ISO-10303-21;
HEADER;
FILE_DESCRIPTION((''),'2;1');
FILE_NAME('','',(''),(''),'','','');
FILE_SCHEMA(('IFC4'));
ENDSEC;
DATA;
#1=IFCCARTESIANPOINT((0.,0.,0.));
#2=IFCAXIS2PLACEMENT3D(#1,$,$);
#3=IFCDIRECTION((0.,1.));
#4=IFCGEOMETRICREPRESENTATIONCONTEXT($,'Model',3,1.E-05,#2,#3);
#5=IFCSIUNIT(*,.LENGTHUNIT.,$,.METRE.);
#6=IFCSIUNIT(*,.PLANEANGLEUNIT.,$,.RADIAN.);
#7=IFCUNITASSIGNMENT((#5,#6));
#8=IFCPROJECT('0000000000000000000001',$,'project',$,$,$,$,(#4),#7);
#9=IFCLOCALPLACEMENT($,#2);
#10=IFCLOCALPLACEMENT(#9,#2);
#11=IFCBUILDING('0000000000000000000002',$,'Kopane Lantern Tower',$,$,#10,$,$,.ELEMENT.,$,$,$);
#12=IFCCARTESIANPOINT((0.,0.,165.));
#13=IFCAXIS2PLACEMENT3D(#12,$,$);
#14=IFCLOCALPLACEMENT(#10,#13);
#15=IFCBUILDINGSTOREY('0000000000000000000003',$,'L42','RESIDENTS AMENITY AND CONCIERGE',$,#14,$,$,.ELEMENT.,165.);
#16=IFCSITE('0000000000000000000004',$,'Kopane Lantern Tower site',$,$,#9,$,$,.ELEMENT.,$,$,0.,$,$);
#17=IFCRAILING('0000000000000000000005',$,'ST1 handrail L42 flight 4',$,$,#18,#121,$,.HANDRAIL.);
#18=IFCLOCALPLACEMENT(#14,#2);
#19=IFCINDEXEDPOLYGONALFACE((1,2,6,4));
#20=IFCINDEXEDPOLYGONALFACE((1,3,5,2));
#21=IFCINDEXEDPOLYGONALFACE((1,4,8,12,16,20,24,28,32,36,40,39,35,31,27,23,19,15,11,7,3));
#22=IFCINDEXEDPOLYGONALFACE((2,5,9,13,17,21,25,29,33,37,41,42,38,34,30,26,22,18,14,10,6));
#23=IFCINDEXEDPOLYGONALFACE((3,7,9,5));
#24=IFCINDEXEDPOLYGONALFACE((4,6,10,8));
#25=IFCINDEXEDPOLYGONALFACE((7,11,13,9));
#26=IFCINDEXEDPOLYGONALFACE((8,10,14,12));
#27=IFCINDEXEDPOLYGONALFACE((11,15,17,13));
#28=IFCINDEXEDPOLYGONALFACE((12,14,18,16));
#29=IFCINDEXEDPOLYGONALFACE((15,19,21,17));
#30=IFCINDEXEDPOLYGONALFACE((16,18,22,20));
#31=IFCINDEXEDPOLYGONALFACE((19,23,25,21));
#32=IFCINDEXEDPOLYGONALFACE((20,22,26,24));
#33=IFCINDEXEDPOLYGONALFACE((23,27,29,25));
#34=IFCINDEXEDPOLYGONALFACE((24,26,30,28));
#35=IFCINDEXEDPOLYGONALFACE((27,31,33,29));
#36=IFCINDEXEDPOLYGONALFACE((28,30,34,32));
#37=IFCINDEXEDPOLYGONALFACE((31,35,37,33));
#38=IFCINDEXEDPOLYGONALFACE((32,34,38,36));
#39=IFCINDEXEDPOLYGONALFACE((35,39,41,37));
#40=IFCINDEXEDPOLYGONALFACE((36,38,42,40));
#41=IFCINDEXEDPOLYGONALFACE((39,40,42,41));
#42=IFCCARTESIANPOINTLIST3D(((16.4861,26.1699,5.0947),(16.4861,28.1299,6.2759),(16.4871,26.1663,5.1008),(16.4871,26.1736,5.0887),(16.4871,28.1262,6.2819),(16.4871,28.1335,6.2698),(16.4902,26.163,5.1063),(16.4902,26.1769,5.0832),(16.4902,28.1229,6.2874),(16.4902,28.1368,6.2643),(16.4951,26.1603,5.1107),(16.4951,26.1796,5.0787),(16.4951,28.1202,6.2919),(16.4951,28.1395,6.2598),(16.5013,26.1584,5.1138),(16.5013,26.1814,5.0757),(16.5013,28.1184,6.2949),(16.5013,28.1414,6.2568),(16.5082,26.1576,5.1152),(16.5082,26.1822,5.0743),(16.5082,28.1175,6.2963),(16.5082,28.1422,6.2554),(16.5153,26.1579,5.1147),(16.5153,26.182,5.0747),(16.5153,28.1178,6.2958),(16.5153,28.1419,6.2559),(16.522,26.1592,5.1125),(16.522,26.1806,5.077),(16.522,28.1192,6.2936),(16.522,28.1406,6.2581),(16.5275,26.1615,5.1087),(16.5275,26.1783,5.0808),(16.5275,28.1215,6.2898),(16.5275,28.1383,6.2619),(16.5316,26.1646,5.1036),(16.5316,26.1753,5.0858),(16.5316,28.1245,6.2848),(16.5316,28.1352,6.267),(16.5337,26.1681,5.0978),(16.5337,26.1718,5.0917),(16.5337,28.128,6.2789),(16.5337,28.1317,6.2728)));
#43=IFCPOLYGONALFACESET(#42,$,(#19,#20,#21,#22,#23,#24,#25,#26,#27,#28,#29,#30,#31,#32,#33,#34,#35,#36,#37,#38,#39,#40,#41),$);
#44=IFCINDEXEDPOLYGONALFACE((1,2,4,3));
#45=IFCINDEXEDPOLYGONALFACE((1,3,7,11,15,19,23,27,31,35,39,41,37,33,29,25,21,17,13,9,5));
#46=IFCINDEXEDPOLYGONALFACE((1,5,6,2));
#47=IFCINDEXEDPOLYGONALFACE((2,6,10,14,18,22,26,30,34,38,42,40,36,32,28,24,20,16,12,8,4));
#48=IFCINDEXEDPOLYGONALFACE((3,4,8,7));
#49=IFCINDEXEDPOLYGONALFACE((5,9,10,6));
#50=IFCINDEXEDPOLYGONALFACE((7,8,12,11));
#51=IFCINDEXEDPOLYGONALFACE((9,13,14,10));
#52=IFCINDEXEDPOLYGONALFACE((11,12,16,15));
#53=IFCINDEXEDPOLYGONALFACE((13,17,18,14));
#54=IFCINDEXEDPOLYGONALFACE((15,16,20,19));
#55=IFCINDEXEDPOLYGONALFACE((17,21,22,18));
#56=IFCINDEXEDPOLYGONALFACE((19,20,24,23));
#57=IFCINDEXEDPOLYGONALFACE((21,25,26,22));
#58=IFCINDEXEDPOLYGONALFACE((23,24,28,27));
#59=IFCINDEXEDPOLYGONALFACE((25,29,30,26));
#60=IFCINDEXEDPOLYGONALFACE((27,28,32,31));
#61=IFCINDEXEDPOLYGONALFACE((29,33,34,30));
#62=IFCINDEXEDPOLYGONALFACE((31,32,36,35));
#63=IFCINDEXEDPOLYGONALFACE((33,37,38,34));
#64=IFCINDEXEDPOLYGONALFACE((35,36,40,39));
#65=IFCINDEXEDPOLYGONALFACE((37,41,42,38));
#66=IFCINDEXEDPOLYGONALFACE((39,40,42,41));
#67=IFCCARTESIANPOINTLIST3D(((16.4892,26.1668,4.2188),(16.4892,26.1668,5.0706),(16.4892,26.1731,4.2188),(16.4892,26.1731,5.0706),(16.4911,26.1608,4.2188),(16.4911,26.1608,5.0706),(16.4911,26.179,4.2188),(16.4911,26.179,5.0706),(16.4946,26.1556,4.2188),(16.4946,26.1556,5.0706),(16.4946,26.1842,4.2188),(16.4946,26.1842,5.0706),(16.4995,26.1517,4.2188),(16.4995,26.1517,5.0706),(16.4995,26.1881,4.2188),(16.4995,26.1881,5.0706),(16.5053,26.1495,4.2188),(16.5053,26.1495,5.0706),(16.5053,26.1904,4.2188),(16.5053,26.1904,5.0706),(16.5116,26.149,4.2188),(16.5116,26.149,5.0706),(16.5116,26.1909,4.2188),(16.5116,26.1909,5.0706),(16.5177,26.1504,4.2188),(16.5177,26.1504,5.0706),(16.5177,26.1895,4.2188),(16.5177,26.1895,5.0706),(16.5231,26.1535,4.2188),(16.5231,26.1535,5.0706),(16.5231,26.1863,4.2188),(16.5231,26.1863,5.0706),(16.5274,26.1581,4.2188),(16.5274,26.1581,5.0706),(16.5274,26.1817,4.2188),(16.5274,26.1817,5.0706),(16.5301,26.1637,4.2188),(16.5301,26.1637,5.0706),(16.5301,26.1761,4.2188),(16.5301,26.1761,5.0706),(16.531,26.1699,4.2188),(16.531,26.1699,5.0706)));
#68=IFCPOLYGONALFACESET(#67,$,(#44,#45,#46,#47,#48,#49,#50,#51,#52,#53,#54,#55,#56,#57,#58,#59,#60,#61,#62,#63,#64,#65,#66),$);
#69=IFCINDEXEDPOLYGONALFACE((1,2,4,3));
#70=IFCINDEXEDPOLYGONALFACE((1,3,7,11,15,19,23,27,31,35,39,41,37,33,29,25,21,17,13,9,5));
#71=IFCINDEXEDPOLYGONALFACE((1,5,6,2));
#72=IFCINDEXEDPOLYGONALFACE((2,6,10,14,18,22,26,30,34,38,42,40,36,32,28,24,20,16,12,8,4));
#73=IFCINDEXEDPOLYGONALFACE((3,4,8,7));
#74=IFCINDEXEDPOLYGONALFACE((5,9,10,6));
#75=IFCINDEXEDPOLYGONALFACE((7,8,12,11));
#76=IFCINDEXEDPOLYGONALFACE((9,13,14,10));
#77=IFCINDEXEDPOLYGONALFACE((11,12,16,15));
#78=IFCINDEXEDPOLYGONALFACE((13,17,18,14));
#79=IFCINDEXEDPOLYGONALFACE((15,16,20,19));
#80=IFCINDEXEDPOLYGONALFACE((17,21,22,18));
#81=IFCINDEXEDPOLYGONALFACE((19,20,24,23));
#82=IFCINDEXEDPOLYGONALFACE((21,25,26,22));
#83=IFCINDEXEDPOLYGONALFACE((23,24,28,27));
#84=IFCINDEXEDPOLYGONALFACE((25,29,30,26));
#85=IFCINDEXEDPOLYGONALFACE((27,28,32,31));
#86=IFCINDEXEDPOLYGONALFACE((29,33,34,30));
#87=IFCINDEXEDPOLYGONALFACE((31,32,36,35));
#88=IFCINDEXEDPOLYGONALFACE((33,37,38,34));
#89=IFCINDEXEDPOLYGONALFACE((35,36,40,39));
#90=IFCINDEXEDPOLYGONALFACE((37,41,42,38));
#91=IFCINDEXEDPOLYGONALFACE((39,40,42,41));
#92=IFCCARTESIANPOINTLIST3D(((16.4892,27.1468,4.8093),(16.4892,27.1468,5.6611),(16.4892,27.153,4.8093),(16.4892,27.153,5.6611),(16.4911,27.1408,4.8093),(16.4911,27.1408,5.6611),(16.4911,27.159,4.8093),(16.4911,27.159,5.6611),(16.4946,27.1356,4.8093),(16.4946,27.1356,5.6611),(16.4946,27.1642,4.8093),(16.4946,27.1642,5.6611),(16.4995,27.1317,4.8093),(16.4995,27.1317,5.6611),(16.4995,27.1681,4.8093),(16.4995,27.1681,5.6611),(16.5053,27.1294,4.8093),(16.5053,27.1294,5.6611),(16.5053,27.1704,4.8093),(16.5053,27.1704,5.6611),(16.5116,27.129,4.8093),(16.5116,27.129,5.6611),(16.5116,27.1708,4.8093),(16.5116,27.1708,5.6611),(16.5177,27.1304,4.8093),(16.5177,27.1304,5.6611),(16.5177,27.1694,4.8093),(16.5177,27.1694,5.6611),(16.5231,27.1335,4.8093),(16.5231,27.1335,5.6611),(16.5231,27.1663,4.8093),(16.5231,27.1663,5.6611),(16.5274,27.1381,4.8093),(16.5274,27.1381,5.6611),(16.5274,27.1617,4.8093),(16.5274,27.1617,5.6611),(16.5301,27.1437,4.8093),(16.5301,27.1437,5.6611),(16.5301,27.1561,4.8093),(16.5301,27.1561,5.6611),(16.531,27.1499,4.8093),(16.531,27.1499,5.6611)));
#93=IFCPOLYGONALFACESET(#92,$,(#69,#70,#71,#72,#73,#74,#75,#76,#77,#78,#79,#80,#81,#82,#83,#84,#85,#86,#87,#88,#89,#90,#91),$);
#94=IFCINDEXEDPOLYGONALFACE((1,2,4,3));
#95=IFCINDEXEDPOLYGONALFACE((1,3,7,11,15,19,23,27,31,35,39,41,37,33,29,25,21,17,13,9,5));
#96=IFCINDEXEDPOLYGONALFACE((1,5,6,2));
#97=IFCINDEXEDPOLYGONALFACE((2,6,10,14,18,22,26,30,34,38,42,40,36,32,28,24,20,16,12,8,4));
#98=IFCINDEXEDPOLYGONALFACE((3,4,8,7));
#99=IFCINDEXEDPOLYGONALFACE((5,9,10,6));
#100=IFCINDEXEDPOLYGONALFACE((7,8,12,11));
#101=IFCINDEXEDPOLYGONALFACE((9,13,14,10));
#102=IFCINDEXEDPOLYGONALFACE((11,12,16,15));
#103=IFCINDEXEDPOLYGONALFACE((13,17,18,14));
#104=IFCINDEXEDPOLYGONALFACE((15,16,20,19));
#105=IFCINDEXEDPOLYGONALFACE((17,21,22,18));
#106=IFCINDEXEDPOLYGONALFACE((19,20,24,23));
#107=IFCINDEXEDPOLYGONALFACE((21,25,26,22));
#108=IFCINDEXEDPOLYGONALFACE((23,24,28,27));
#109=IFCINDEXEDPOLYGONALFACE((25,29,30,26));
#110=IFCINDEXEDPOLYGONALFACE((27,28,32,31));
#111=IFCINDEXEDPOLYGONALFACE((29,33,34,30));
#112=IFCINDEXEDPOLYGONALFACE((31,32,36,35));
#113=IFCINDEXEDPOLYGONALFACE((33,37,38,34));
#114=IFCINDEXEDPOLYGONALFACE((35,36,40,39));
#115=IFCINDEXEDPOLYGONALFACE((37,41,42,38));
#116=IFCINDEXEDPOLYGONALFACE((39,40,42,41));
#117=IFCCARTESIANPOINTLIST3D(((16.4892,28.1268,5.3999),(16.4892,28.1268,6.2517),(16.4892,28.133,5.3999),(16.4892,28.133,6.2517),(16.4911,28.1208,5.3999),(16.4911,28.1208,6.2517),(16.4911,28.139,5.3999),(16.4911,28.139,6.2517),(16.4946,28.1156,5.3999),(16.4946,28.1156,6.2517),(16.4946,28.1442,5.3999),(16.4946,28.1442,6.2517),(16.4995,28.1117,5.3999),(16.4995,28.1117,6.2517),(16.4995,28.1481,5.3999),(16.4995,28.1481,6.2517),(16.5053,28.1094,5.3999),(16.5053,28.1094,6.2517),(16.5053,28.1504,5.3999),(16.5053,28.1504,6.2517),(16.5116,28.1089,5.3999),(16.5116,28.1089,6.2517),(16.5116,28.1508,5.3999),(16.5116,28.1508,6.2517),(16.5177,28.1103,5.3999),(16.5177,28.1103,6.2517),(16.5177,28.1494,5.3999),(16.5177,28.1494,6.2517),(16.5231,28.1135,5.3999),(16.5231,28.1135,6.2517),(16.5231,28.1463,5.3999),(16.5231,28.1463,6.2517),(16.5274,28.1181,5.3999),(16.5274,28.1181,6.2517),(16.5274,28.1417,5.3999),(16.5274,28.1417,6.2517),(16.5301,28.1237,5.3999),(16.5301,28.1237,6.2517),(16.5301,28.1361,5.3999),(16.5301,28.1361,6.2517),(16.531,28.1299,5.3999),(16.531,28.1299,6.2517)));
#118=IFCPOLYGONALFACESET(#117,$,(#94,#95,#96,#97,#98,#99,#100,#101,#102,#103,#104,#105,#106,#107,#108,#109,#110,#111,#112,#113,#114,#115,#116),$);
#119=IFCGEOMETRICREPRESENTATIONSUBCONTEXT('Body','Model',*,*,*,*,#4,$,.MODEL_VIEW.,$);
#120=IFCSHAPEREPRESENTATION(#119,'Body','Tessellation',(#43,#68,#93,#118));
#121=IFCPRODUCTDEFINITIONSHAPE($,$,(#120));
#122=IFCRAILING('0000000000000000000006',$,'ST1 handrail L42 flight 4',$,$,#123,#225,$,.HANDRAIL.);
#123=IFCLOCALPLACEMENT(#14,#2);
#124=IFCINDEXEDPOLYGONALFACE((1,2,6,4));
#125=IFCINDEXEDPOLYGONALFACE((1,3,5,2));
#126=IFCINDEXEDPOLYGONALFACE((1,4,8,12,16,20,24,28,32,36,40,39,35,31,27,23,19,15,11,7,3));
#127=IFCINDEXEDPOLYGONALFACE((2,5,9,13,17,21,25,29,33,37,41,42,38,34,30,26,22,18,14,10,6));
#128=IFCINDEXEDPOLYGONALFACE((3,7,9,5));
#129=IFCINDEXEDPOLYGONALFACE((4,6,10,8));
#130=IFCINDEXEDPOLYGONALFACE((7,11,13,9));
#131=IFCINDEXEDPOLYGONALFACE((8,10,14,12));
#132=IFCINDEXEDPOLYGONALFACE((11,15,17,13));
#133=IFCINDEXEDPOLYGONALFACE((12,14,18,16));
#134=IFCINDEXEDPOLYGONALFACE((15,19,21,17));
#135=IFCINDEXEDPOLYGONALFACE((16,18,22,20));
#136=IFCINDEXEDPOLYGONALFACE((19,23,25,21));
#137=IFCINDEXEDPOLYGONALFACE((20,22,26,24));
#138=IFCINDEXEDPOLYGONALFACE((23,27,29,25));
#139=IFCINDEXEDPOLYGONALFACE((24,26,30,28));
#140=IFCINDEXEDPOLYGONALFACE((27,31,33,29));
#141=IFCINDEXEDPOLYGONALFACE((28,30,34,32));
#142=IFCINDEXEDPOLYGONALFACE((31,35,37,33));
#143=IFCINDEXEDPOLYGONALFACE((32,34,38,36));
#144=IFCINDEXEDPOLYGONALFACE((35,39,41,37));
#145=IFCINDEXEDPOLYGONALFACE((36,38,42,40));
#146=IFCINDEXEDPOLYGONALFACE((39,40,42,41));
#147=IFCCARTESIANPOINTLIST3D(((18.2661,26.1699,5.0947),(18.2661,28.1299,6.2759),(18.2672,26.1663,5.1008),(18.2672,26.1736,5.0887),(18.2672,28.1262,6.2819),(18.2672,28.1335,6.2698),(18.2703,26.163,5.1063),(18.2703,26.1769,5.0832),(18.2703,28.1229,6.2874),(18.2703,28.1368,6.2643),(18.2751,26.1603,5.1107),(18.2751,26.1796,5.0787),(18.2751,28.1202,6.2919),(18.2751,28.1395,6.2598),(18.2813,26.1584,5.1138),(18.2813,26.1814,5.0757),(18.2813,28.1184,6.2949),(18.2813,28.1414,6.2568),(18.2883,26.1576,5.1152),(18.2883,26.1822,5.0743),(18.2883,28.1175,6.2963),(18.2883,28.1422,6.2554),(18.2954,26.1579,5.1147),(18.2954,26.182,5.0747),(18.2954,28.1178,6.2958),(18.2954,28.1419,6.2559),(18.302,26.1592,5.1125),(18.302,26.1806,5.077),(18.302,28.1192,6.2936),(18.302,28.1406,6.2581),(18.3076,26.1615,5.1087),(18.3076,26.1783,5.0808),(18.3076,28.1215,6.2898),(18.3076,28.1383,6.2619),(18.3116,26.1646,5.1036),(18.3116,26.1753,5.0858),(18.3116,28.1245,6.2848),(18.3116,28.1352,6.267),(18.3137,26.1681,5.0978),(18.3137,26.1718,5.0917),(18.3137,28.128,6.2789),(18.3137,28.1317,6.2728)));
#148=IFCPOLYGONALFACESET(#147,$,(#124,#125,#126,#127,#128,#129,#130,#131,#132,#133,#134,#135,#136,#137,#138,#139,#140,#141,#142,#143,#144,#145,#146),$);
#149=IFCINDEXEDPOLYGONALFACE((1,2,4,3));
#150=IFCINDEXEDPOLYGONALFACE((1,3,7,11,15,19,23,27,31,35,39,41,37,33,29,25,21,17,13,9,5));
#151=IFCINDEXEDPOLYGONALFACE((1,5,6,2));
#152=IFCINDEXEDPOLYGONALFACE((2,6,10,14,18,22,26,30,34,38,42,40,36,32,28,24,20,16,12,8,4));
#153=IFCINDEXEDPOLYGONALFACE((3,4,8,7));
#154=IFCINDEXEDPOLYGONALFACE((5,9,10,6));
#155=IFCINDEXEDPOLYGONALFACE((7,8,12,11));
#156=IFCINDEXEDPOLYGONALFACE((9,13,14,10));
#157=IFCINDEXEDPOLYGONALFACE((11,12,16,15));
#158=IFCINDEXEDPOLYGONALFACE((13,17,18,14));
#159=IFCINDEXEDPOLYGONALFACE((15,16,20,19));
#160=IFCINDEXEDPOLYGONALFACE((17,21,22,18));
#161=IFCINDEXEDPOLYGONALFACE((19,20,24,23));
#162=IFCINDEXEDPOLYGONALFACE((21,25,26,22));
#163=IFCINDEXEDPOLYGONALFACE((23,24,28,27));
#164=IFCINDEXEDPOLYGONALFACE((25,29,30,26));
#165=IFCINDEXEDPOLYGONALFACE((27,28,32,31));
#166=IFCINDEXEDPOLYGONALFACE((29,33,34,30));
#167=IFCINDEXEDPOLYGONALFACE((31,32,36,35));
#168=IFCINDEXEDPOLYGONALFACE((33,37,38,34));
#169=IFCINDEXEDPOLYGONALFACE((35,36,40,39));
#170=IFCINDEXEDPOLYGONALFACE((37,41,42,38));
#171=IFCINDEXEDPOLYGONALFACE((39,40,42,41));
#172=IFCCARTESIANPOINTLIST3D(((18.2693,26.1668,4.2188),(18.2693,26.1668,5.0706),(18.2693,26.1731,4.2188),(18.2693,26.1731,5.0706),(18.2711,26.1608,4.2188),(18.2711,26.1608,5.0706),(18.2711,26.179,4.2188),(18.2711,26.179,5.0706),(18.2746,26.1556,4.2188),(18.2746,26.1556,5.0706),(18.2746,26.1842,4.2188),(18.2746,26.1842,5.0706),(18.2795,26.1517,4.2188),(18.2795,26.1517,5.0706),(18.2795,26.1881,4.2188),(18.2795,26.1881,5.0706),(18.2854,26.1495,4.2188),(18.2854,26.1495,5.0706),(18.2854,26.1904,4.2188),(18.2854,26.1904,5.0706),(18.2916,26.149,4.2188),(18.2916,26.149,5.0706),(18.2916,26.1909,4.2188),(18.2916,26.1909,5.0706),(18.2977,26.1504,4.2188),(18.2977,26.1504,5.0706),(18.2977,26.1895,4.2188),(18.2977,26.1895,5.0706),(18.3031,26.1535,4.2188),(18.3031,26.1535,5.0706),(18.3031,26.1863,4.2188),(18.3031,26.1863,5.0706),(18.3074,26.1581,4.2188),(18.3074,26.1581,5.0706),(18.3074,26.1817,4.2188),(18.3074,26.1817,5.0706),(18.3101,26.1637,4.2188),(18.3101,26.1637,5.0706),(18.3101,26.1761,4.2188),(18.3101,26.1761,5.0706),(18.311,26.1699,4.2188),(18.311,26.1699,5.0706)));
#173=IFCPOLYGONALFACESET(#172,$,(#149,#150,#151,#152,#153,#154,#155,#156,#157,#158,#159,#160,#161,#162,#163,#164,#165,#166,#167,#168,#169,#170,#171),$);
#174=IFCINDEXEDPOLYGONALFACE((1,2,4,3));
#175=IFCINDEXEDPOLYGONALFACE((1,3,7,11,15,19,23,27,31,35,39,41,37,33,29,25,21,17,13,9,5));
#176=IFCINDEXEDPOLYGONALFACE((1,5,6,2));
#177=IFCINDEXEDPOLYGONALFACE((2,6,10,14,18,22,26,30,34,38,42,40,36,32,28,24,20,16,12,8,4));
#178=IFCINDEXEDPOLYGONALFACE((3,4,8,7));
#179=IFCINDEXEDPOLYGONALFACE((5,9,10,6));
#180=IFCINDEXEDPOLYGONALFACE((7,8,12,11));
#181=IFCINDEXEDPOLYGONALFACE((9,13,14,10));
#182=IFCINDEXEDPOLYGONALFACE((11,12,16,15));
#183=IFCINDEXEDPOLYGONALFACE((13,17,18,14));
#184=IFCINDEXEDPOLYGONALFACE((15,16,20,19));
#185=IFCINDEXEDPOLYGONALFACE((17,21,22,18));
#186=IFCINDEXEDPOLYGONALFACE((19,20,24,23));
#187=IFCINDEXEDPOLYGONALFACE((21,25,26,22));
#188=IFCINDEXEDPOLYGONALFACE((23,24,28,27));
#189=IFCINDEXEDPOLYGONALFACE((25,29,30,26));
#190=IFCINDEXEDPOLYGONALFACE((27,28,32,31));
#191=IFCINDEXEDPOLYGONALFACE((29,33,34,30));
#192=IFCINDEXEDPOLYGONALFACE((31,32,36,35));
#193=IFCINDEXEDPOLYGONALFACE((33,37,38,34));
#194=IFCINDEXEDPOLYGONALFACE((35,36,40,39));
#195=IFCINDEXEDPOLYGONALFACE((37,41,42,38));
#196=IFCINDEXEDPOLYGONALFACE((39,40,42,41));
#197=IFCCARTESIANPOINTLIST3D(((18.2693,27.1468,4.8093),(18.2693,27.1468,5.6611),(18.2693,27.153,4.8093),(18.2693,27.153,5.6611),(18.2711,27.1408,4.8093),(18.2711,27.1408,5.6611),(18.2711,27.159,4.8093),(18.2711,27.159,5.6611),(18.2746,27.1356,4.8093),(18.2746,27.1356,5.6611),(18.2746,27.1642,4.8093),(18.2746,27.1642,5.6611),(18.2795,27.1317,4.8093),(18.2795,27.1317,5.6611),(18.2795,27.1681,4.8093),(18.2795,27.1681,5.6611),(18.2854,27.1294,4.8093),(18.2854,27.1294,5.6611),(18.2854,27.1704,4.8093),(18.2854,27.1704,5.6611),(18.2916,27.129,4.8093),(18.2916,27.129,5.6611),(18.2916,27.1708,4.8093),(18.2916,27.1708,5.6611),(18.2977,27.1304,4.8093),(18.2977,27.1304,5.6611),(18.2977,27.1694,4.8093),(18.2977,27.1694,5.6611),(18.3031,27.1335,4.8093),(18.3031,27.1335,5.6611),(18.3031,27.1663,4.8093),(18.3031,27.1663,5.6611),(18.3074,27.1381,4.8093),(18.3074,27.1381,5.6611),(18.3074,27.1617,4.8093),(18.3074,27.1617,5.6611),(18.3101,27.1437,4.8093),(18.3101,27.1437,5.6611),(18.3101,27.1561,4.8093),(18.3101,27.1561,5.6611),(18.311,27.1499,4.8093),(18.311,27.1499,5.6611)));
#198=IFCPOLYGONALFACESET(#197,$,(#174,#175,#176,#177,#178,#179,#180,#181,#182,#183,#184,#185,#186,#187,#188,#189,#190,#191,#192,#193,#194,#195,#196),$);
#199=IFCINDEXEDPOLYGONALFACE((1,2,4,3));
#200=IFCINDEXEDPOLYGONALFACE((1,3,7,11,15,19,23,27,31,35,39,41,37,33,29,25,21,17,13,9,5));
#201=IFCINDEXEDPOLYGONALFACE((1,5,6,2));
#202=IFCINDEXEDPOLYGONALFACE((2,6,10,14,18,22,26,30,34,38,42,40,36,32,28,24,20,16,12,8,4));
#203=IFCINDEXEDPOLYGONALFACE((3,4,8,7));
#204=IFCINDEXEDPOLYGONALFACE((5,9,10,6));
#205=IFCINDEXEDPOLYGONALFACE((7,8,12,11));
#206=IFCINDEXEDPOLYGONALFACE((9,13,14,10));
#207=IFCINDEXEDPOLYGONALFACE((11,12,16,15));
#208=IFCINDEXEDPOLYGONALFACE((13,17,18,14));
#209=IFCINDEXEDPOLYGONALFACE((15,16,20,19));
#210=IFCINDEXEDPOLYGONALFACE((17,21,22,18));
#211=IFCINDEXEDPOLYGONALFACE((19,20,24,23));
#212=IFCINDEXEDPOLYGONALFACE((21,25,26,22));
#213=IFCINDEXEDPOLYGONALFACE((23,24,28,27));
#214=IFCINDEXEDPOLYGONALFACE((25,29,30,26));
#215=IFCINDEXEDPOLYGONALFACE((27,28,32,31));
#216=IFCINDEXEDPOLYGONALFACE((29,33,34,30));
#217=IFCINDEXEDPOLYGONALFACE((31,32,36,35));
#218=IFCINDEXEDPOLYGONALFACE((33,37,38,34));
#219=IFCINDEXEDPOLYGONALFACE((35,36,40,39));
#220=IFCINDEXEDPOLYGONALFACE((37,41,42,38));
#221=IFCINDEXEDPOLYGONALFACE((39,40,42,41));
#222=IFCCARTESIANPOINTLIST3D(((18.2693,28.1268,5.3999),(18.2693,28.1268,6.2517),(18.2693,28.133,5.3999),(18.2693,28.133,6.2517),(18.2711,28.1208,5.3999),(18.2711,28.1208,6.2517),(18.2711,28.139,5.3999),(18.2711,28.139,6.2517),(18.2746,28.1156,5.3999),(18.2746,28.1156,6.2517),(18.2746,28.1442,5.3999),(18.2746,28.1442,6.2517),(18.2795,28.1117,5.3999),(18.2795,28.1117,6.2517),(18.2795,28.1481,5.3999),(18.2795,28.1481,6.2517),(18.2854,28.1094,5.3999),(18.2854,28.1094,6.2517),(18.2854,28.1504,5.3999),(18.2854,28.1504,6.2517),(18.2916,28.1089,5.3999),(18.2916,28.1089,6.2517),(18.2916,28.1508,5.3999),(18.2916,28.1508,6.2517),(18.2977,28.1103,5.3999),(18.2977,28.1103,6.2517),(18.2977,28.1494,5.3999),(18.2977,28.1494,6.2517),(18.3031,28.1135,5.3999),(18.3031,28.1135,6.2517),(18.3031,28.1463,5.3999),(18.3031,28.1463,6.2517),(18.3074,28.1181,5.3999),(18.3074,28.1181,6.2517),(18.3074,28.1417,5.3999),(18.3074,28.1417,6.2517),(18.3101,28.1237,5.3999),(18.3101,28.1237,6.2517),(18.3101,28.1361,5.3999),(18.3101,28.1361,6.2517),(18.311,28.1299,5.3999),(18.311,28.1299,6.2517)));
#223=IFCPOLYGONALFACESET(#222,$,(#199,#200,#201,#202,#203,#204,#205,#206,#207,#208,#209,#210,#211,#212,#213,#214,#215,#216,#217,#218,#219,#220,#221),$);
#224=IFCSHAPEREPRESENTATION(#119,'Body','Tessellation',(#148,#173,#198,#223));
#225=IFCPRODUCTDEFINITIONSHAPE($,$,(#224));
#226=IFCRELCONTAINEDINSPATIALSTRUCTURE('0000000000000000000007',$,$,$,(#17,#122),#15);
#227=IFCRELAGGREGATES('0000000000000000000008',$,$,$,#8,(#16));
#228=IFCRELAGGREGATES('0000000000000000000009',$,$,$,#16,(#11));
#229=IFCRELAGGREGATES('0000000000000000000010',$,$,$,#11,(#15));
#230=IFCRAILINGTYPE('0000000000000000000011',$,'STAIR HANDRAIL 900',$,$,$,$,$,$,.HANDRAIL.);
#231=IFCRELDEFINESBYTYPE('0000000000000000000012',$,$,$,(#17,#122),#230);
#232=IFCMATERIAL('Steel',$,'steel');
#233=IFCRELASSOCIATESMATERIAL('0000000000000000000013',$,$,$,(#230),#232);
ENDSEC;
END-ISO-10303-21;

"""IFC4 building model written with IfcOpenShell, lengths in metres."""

from ifc_helpers import new_model, si_unit, direction, frame, origin, origin_2d, place, context, subcontext, project, spatial, circle, extrude, material, type_object, element, save


model = new_model("IFC4")

# Units and contexts
model_context = context("Model", 3, precision=1e-05, world=origin(), true_north=direction((0.0, 1.0)))
body_context = subcontext(model_context, "Body", "Model", "MODEL_VIEW")
ifc_project = project(units=[si_unit("LENGTHUNIT", "METRE"), si_unit("PLANEANGLEUNIT", "RADIAN")], contexts=[model_context])

# Site, building, storey
site_placement = place(None, origin())
site = spatial("IfcSite", under=ifc_project, at=site_placement, Name="Kopane Lantern Tower site", CompositionType="ELEMENT", RefElevation=0.0)
building_placement = place(site_placement, origin())
building = spatial("IfcBuilding", under=site, at=building_placement, Name="Kopane Lantern Tower", CompositionType="ELEMENT")
storey_placement = place(building_placement, frame((0.0, 0.0, 165.0)))
storey = spatial("IfcBuildingStorey", under=building, at=storey_placement, Name="L42", Description="RESIDENTS AMENITY AND CONCIERGE", CompositionType="ELEMENT", Elevation=165.0)

# Railings
ifc_material_1 = material(Name="Steel", Category="steel")
railing_type_1 = type_object("IfcRailingType", Name="STAIR HANDRAIL 900", PredefinedType="HANDRAIL", material=ifc_material_1)
for number, where, name in (
    (1, (16.51, 26.1699, 4.2188), "ST1 handrail L42 flight 4"),
    (2, (18.29, 26.1699, 4.2188), "ST1 handrail L42 flight 4"),
):
    element("IfcRailing", number, at=place(storey_placement, frame(where)), inside=storey, type_object=railing_type_1, Name=name, PredefinedType="HANDRAIL", context=body_context, shape_type="SweptSolid", body=[
        extrude(circle(Radius=0.0239, at=origin_2d()), frame((0.0, 0.0, 0.876), z_axis=(0.0, 0.856493, 0.516158), x_axis=(-1.0, 0.0, 0.0)), (0.0, 0.0, 1.0), 2.2883),
        extrude(circle(Radius=0.021, at=origin_2d()), origin(), (0.0, 0.0, 1.0), 0.8518),
        extrude(circle(Radius=0.021, at=origin_2d()), frame((0.0, 0.98, 0.5906)), (0.0, 0.0, 1.0), 0.8518),
        extrude(circle(Radius=0.021, at=origin_2d()), frame((0.0, 1.96, 1.1812)), (0.0, 0.0, 1.0), 0.8518),
    ])

save(model, "model.ifc")
